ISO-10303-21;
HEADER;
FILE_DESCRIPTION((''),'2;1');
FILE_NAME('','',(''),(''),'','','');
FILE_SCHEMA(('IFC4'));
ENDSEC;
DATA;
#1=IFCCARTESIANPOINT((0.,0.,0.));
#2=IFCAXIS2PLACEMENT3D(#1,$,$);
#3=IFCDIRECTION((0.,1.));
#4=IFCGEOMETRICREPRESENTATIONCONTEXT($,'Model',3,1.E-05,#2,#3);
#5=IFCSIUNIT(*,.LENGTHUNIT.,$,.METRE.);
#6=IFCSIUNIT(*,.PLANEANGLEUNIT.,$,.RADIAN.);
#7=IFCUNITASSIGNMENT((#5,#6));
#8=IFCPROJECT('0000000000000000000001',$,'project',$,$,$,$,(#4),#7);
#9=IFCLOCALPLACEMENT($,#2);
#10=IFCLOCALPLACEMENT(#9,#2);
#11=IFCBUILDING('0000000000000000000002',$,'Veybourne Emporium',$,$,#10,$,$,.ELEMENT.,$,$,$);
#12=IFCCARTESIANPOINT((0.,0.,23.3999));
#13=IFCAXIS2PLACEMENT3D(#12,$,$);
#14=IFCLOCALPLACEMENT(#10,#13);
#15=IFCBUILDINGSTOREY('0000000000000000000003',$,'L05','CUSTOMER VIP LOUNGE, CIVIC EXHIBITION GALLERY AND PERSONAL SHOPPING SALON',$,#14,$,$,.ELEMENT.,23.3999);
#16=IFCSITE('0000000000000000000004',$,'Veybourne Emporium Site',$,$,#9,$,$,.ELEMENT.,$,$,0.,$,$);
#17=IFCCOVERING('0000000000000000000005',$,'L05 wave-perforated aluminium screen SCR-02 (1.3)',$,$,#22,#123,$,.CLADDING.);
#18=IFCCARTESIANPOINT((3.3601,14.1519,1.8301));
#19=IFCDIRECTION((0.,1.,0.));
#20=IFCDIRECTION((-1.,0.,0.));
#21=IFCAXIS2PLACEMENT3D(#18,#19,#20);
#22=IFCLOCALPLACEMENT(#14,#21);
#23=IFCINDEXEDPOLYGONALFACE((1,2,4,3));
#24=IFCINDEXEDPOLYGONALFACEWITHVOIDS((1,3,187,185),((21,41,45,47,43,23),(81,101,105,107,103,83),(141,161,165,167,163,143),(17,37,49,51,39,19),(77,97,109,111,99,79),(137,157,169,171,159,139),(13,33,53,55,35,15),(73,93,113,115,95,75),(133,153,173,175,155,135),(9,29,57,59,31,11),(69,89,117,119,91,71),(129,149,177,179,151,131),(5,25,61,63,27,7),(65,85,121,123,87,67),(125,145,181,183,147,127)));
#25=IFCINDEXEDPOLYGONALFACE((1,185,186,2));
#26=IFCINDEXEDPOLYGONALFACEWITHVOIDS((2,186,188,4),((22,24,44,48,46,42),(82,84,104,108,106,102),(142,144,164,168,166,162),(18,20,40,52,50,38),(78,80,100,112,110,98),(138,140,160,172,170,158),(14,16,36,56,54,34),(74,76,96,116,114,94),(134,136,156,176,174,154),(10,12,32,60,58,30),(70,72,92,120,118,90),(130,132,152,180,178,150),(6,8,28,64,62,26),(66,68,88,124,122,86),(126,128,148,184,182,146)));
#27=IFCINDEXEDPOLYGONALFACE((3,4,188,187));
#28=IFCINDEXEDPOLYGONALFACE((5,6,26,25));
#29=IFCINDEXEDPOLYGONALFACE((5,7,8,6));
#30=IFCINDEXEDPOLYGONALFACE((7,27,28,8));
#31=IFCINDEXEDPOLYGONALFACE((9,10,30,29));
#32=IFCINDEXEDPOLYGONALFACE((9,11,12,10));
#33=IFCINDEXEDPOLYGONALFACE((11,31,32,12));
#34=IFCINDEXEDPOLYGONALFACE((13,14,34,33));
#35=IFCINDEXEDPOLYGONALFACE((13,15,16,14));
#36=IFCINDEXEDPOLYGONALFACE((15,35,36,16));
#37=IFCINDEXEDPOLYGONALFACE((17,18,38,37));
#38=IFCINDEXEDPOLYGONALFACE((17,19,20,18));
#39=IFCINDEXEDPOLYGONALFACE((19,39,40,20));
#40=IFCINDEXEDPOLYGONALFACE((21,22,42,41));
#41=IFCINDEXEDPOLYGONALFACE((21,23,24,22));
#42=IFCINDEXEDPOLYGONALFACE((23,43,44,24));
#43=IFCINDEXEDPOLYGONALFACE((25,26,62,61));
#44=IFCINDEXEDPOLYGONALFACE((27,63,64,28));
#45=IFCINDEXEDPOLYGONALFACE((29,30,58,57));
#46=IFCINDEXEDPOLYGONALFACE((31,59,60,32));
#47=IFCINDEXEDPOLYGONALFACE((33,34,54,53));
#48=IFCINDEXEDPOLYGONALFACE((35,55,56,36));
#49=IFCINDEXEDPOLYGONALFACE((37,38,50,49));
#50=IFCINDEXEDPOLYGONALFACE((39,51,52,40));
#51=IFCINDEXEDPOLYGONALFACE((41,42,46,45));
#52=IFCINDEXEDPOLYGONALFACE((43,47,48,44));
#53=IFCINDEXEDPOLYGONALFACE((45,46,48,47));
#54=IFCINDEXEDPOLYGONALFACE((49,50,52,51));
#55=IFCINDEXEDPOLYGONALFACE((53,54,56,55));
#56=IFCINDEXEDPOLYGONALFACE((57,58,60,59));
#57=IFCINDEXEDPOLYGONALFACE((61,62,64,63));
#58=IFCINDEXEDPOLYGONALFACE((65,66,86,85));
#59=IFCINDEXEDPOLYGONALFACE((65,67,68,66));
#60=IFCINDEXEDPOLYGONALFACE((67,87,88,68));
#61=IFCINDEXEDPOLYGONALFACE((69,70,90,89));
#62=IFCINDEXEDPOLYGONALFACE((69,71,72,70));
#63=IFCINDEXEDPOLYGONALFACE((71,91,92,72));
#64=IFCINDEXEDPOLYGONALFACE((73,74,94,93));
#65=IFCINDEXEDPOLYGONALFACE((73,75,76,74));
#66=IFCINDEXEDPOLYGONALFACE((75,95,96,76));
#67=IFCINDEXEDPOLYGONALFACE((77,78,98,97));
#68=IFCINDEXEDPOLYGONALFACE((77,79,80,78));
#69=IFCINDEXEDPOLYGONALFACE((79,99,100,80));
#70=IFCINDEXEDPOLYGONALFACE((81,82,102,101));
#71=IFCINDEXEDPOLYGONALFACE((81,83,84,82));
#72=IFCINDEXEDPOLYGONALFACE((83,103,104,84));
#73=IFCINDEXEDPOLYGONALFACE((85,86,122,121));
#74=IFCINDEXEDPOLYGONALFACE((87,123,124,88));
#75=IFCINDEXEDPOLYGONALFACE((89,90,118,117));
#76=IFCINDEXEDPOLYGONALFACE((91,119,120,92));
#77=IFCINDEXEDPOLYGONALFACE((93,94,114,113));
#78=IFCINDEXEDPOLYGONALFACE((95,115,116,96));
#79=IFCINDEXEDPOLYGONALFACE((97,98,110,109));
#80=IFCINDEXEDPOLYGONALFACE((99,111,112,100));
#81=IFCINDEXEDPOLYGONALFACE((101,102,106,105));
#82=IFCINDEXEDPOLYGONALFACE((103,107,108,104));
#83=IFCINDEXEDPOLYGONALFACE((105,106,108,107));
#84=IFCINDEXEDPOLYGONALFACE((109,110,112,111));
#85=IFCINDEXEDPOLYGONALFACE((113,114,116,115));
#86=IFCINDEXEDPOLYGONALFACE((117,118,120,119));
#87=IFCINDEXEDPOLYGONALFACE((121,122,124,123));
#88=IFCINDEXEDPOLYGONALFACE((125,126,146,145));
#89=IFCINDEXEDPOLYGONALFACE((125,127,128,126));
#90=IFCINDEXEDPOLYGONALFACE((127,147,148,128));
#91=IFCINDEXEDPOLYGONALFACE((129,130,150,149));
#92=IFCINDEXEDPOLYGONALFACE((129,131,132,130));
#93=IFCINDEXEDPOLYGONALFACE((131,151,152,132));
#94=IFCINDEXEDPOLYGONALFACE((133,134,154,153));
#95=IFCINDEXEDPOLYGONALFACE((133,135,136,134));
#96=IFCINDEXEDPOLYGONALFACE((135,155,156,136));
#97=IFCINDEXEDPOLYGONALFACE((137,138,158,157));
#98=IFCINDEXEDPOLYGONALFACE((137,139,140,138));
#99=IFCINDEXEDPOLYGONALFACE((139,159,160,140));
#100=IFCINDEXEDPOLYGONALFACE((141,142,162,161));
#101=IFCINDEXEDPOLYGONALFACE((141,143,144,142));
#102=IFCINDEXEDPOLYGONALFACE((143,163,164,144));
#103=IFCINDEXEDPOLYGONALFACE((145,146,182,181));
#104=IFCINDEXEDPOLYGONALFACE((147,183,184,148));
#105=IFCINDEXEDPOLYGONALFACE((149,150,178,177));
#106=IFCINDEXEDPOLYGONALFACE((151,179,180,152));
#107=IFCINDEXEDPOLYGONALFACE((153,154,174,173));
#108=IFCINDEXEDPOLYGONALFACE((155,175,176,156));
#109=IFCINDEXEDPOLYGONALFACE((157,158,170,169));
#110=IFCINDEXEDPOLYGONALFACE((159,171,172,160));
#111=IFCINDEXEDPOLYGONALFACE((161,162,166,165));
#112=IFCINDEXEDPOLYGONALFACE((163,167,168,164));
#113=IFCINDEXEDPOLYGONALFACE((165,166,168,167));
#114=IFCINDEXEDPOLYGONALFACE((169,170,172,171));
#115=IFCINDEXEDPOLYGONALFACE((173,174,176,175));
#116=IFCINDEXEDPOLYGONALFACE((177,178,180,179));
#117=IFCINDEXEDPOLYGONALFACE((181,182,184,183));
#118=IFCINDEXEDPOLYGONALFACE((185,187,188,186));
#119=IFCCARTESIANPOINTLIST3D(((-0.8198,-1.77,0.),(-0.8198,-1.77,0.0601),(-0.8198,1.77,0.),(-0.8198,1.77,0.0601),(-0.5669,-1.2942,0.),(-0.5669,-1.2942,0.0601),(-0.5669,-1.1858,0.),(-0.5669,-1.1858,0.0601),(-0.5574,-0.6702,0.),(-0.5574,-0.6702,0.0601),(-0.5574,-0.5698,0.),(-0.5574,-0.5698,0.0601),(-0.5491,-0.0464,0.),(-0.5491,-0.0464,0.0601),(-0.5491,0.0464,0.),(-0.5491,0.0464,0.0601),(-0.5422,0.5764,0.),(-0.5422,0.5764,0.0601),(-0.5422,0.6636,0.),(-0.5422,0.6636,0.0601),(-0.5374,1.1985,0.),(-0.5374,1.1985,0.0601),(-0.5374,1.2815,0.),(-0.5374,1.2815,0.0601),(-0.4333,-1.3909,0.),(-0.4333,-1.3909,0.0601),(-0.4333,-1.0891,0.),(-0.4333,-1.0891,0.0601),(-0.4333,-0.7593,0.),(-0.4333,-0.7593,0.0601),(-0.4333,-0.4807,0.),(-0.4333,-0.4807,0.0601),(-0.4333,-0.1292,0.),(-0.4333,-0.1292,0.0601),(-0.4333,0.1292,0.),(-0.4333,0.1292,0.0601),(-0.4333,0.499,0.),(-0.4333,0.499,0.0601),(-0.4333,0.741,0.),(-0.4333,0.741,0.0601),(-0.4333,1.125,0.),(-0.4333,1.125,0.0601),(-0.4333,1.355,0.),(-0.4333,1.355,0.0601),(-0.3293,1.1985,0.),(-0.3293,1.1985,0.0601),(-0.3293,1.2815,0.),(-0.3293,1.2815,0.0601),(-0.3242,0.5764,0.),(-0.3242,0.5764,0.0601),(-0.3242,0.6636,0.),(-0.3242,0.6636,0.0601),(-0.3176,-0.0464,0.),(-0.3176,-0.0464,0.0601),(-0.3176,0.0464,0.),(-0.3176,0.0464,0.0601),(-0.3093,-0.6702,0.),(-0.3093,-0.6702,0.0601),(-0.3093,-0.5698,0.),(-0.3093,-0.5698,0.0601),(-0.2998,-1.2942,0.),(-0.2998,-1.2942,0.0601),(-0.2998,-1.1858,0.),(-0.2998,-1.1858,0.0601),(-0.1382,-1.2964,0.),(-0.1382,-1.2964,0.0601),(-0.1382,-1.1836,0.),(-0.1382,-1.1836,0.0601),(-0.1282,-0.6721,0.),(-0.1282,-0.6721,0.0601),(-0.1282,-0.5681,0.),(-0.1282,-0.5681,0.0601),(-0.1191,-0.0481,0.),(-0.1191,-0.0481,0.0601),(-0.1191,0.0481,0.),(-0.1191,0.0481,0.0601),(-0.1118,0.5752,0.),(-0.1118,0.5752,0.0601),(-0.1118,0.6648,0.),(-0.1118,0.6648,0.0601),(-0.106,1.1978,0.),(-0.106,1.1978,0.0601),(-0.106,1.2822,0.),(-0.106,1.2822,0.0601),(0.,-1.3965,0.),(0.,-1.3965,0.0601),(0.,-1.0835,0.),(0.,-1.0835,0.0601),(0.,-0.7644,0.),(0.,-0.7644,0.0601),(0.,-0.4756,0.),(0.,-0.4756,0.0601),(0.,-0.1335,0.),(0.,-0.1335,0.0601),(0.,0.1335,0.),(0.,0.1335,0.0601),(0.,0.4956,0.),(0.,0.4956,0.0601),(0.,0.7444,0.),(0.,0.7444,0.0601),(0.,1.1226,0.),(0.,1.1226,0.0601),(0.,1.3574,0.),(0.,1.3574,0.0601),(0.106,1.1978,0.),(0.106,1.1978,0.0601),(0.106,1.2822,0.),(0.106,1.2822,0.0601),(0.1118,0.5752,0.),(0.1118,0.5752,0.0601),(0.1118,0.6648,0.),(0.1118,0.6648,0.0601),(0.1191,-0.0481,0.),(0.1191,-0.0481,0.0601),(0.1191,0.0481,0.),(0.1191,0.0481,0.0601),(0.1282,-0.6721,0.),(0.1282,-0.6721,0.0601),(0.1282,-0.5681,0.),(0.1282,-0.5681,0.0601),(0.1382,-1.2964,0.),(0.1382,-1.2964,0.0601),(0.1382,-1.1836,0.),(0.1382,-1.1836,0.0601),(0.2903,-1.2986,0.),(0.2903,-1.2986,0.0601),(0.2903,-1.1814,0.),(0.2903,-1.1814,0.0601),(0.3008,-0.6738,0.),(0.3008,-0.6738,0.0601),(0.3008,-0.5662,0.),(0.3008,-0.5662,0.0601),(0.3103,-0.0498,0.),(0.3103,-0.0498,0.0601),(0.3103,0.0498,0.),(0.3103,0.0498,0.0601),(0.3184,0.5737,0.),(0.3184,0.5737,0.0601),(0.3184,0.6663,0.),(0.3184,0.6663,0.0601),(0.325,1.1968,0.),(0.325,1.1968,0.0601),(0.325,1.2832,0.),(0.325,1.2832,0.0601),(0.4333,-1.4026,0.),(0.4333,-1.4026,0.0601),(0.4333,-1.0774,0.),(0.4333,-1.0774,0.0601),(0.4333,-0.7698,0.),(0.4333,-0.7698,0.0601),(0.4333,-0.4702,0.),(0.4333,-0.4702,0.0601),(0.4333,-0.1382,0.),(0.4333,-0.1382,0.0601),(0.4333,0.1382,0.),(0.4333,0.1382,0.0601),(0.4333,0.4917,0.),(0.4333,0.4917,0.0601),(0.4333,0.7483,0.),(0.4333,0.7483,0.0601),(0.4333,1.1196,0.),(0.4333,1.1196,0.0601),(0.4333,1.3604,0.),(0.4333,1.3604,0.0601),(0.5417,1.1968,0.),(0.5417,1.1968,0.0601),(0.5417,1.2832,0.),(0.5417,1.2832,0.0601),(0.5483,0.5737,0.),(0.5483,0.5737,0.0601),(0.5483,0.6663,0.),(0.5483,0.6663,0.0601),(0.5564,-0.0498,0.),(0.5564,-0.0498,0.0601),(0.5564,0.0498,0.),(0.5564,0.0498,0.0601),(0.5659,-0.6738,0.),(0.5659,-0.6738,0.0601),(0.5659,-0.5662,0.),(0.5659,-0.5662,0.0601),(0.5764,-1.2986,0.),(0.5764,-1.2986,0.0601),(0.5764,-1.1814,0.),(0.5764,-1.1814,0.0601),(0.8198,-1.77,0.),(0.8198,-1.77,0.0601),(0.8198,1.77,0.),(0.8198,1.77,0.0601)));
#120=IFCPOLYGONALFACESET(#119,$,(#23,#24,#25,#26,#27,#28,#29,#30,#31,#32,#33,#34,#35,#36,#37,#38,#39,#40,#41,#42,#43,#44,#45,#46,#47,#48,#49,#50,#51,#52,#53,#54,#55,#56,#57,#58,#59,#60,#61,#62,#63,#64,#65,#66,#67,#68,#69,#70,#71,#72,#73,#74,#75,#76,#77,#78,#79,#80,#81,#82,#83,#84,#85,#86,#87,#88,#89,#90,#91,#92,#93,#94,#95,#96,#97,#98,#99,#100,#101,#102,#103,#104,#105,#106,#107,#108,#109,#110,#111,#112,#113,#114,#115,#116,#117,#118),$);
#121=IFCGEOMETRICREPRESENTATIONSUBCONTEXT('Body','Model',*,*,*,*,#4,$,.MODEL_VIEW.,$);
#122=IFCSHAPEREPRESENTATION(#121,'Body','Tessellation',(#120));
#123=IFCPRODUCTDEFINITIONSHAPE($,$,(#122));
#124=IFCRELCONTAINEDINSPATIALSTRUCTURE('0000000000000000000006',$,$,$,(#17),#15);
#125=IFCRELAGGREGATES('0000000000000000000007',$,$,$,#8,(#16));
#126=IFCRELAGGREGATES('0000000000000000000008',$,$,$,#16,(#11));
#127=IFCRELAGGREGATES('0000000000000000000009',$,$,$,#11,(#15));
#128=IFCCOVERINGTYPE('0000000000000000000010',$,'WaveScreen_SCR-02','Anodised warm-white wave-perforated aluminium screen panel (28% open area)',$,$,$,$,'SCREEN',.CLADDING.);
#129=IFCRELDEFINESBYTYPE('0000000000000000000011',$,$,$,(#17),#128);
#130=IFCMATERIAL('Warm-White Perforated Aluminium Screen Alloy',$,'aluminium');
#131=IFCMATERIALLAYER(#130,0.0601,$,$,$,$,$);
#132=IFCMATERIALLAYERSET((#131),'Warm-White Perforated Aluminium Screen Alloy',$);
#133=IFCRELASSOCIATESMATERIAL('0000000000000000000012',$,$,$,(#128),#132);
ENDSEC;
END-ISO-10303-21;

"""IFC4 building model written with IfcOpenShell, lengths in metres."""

from ifc_helpers import new_model, si_unit, direction, frame, origin, place, context, subcontext, project, spatial, polyline, outline, extrude, material, layer, layer_set, type_object, element, save


model = new_model("IFC4")

# Units and contexts
model_context = context("Model", 3, precision=1e-05, world=origin(), true_north=direction((0.0, 1.0)))
body_context = subcontext(model_context, "Body", "Model", "MODEL_VIEW")
ifc_project = project(units=[si_unit("LENGTHUNIT", "METRE"), si_unit("PLANEANGLEUNIT", "RADIAN")], contexts=[model_context])

# Site, building, storey
site_placement = place(None, origin())
site = spatial("IfcSite", under=ifc_project, at=site_placement, Name="Veybourne Emporium Site", CompositionType="ELEMENT", RefElevation=0.0)
building_placement = place(site_placement, origin())
building = spatial("IfcBuilding", under=site, at=building_placement, Name="Veybourne Emporium", CompositionType="ELEMENT")
storey_placement = place(building_placement, frame((0.0, 0.0, 23.3999)))
storey = spatial("IfcBuildingStorey", under=building, at=storey_placement, Name="L05", Description="CUSTOMER VIP LOUNGE, CIVIC EXHIBITION GALLERY AND PERSONAL SHOPPING SALON", CompositionType="ELEMENT", Elevation=23.3999)

# Covering
ifc_material_1 = material(Name="Warm-White Perforated Aluminium Screen Alloy", Category="aluminium")
ifc_layer_1 = layer(ifc_material_1, 0.0601)
ifc_layer_set_1 = layer_set([ifc_layer_1], Name="Warm-White Perforated Aluminium Screen Alloy")
covering_type_1 = type_object("IfcCoveringType", Name="WaveScreen_SCR-02", Description="Anodised warm-white wave-perforated aluminium screen panel (28% open area)", ElementType="SCREEN", PredefinedType="CLADDING", material=ifc_layer_set_1)
covering_1_placement = place(storey_placement, frame((3.3601, 14.1519, 1.8301), z_axis=(0.0, 1.0, 0.0), x_axis=(-1.0, 0.0, 0.0)))
element("IfcCovering", 1, at=covering_1_placement, inside=storey, type_object=covering_type_1, Name="L05 wave-perforated aluminium screen SCR-02 (1.3)", PredefinedType="CLADDING", context=body_context, shape_type="SweptSolid", body=[
    extrude(outline(polyline([(-0.8198, -1.77), (0.8198, -1.77), (0.8198, 1.77), (-0.8198, 1.77), (-0.8198, -1.77)]), holes=[polyline([(-0.4333, -1.0891), (-0.2998, -1.1858), (-0.2998, -1.2942), (-0.4333, -1.3909), (-0.5669, -1.2942), (-0.5669, -1.1858), (-0.4333, -1.0891)]), polyline([(-0.4333, -0.4807), (-0.3093, -0.5698), (-0.3093, -0.6702), (-0.4333, -0.7593), (-0.5574, -0.6702), (-0.5574, -0.5698), (-0.4333, -0.4807)]), polyline([(-0.4333, 0.1292), (-0.3176, 0.0464), (-0.3176, -0.0464), (-0.4333, -0.1292), (-0.5491, -0.0464), (-0.5491, 0.0464), (-0.4333, 0.1292)]), polyline([(-0.4333, 0.741), (-0.3242, 0.6636), (-0.3242, 0.5764), (-0.4333, 0.499), (-0.5422, 0.5764), (-0.5422, 0.6636), (-0.4333, 0.741)]), polyline([(-0.4333, 1.355), (-0.3293, 1.2815), (-0.3293, 1.1985), (-0.4333, 1.125), (-0.5374, 1.1985), (-0.5374, 1.2815), (-0.4333, 1.355)]), polyline([(0.0, -1.0835), (0.1382, -1.1836), (0.1382, -1.2964), (0.0, -1.3965), (-0.1382, -1.2964), (-0.1382, -1.1836), (0.0, -1.0835)]), polyline([(0.0, -0.4756), (0.1282, -0.5681), (0.1282, -0.6721), (0.0, -0.7644), (-0.1282, -0.6721), (-0.1282, -0.5681), (0.0, -0.4756)]), polyline([(0.0, 0.1335), (0.1191, 0.0481), (0.1191, -0.0481), (0.0, -0.1335), (-0.1191, -0.0481), (-0.1191, 0.0481), (0.0, 0.1335)]), polyline([(0.0, 0.7444), (0.1118, 0.6648), (0.1118, 0.5752), (0.0, 0.4956), (-0.1118, 0.5752), (-0.1118, 0.6648), (0.0, 0.7444)]), polyline([(0.0, 1.3574), (0.106, 1.2822), (0.106, 1.1978), (0.0, 1.1226), (-0.106, 1.1978), (-0.106, 1.2822), (0.0, 1.3574)]), polyline([(0.4333, -1.0774), (0.5764, -1.1814), (0.5764, -1.2986), (0.4333, -1.4026), (0.2903, -1.2986), (0.2903, -1.1814), (0.4333, -1.0774)]), polyline([(0.4333, -0.4702), (0.5659, -0.5662), (0.5659, -0.6738), (0.4333, -0.7698), (0.3008, -0.6738), (0.3008, -0.5662), (0.4333, -0.4702)]), polyline([(0.4333, 0.1382), (0.5564, 0.0498), (0.5564, -0.0498), (0.4333, -0.1382), (0.3103, -0.0498), (0.3103, 0.0498), (0.4333, 0.1382)]), polyline([(0.4333, 0.7483), (0.5483, 0.6663), (0.5483, 0.5737), (0.4333, 0.4917), (0.3184, 0.5737), (0.3184, 0.6663), (0.4333, 0.7483)]), polyline([(0.4333, 1.3604), (0.5417, 1.2832), (0.5417, 1.1968), (0.4333, 1.1196), (0.325, 1.1968), (0.325, 1.2832), (0.4333, 1.3604)])]), origin(), (0.0, 0.0, 1.0), 0.0601),
])

save(model, "model.ifc")
